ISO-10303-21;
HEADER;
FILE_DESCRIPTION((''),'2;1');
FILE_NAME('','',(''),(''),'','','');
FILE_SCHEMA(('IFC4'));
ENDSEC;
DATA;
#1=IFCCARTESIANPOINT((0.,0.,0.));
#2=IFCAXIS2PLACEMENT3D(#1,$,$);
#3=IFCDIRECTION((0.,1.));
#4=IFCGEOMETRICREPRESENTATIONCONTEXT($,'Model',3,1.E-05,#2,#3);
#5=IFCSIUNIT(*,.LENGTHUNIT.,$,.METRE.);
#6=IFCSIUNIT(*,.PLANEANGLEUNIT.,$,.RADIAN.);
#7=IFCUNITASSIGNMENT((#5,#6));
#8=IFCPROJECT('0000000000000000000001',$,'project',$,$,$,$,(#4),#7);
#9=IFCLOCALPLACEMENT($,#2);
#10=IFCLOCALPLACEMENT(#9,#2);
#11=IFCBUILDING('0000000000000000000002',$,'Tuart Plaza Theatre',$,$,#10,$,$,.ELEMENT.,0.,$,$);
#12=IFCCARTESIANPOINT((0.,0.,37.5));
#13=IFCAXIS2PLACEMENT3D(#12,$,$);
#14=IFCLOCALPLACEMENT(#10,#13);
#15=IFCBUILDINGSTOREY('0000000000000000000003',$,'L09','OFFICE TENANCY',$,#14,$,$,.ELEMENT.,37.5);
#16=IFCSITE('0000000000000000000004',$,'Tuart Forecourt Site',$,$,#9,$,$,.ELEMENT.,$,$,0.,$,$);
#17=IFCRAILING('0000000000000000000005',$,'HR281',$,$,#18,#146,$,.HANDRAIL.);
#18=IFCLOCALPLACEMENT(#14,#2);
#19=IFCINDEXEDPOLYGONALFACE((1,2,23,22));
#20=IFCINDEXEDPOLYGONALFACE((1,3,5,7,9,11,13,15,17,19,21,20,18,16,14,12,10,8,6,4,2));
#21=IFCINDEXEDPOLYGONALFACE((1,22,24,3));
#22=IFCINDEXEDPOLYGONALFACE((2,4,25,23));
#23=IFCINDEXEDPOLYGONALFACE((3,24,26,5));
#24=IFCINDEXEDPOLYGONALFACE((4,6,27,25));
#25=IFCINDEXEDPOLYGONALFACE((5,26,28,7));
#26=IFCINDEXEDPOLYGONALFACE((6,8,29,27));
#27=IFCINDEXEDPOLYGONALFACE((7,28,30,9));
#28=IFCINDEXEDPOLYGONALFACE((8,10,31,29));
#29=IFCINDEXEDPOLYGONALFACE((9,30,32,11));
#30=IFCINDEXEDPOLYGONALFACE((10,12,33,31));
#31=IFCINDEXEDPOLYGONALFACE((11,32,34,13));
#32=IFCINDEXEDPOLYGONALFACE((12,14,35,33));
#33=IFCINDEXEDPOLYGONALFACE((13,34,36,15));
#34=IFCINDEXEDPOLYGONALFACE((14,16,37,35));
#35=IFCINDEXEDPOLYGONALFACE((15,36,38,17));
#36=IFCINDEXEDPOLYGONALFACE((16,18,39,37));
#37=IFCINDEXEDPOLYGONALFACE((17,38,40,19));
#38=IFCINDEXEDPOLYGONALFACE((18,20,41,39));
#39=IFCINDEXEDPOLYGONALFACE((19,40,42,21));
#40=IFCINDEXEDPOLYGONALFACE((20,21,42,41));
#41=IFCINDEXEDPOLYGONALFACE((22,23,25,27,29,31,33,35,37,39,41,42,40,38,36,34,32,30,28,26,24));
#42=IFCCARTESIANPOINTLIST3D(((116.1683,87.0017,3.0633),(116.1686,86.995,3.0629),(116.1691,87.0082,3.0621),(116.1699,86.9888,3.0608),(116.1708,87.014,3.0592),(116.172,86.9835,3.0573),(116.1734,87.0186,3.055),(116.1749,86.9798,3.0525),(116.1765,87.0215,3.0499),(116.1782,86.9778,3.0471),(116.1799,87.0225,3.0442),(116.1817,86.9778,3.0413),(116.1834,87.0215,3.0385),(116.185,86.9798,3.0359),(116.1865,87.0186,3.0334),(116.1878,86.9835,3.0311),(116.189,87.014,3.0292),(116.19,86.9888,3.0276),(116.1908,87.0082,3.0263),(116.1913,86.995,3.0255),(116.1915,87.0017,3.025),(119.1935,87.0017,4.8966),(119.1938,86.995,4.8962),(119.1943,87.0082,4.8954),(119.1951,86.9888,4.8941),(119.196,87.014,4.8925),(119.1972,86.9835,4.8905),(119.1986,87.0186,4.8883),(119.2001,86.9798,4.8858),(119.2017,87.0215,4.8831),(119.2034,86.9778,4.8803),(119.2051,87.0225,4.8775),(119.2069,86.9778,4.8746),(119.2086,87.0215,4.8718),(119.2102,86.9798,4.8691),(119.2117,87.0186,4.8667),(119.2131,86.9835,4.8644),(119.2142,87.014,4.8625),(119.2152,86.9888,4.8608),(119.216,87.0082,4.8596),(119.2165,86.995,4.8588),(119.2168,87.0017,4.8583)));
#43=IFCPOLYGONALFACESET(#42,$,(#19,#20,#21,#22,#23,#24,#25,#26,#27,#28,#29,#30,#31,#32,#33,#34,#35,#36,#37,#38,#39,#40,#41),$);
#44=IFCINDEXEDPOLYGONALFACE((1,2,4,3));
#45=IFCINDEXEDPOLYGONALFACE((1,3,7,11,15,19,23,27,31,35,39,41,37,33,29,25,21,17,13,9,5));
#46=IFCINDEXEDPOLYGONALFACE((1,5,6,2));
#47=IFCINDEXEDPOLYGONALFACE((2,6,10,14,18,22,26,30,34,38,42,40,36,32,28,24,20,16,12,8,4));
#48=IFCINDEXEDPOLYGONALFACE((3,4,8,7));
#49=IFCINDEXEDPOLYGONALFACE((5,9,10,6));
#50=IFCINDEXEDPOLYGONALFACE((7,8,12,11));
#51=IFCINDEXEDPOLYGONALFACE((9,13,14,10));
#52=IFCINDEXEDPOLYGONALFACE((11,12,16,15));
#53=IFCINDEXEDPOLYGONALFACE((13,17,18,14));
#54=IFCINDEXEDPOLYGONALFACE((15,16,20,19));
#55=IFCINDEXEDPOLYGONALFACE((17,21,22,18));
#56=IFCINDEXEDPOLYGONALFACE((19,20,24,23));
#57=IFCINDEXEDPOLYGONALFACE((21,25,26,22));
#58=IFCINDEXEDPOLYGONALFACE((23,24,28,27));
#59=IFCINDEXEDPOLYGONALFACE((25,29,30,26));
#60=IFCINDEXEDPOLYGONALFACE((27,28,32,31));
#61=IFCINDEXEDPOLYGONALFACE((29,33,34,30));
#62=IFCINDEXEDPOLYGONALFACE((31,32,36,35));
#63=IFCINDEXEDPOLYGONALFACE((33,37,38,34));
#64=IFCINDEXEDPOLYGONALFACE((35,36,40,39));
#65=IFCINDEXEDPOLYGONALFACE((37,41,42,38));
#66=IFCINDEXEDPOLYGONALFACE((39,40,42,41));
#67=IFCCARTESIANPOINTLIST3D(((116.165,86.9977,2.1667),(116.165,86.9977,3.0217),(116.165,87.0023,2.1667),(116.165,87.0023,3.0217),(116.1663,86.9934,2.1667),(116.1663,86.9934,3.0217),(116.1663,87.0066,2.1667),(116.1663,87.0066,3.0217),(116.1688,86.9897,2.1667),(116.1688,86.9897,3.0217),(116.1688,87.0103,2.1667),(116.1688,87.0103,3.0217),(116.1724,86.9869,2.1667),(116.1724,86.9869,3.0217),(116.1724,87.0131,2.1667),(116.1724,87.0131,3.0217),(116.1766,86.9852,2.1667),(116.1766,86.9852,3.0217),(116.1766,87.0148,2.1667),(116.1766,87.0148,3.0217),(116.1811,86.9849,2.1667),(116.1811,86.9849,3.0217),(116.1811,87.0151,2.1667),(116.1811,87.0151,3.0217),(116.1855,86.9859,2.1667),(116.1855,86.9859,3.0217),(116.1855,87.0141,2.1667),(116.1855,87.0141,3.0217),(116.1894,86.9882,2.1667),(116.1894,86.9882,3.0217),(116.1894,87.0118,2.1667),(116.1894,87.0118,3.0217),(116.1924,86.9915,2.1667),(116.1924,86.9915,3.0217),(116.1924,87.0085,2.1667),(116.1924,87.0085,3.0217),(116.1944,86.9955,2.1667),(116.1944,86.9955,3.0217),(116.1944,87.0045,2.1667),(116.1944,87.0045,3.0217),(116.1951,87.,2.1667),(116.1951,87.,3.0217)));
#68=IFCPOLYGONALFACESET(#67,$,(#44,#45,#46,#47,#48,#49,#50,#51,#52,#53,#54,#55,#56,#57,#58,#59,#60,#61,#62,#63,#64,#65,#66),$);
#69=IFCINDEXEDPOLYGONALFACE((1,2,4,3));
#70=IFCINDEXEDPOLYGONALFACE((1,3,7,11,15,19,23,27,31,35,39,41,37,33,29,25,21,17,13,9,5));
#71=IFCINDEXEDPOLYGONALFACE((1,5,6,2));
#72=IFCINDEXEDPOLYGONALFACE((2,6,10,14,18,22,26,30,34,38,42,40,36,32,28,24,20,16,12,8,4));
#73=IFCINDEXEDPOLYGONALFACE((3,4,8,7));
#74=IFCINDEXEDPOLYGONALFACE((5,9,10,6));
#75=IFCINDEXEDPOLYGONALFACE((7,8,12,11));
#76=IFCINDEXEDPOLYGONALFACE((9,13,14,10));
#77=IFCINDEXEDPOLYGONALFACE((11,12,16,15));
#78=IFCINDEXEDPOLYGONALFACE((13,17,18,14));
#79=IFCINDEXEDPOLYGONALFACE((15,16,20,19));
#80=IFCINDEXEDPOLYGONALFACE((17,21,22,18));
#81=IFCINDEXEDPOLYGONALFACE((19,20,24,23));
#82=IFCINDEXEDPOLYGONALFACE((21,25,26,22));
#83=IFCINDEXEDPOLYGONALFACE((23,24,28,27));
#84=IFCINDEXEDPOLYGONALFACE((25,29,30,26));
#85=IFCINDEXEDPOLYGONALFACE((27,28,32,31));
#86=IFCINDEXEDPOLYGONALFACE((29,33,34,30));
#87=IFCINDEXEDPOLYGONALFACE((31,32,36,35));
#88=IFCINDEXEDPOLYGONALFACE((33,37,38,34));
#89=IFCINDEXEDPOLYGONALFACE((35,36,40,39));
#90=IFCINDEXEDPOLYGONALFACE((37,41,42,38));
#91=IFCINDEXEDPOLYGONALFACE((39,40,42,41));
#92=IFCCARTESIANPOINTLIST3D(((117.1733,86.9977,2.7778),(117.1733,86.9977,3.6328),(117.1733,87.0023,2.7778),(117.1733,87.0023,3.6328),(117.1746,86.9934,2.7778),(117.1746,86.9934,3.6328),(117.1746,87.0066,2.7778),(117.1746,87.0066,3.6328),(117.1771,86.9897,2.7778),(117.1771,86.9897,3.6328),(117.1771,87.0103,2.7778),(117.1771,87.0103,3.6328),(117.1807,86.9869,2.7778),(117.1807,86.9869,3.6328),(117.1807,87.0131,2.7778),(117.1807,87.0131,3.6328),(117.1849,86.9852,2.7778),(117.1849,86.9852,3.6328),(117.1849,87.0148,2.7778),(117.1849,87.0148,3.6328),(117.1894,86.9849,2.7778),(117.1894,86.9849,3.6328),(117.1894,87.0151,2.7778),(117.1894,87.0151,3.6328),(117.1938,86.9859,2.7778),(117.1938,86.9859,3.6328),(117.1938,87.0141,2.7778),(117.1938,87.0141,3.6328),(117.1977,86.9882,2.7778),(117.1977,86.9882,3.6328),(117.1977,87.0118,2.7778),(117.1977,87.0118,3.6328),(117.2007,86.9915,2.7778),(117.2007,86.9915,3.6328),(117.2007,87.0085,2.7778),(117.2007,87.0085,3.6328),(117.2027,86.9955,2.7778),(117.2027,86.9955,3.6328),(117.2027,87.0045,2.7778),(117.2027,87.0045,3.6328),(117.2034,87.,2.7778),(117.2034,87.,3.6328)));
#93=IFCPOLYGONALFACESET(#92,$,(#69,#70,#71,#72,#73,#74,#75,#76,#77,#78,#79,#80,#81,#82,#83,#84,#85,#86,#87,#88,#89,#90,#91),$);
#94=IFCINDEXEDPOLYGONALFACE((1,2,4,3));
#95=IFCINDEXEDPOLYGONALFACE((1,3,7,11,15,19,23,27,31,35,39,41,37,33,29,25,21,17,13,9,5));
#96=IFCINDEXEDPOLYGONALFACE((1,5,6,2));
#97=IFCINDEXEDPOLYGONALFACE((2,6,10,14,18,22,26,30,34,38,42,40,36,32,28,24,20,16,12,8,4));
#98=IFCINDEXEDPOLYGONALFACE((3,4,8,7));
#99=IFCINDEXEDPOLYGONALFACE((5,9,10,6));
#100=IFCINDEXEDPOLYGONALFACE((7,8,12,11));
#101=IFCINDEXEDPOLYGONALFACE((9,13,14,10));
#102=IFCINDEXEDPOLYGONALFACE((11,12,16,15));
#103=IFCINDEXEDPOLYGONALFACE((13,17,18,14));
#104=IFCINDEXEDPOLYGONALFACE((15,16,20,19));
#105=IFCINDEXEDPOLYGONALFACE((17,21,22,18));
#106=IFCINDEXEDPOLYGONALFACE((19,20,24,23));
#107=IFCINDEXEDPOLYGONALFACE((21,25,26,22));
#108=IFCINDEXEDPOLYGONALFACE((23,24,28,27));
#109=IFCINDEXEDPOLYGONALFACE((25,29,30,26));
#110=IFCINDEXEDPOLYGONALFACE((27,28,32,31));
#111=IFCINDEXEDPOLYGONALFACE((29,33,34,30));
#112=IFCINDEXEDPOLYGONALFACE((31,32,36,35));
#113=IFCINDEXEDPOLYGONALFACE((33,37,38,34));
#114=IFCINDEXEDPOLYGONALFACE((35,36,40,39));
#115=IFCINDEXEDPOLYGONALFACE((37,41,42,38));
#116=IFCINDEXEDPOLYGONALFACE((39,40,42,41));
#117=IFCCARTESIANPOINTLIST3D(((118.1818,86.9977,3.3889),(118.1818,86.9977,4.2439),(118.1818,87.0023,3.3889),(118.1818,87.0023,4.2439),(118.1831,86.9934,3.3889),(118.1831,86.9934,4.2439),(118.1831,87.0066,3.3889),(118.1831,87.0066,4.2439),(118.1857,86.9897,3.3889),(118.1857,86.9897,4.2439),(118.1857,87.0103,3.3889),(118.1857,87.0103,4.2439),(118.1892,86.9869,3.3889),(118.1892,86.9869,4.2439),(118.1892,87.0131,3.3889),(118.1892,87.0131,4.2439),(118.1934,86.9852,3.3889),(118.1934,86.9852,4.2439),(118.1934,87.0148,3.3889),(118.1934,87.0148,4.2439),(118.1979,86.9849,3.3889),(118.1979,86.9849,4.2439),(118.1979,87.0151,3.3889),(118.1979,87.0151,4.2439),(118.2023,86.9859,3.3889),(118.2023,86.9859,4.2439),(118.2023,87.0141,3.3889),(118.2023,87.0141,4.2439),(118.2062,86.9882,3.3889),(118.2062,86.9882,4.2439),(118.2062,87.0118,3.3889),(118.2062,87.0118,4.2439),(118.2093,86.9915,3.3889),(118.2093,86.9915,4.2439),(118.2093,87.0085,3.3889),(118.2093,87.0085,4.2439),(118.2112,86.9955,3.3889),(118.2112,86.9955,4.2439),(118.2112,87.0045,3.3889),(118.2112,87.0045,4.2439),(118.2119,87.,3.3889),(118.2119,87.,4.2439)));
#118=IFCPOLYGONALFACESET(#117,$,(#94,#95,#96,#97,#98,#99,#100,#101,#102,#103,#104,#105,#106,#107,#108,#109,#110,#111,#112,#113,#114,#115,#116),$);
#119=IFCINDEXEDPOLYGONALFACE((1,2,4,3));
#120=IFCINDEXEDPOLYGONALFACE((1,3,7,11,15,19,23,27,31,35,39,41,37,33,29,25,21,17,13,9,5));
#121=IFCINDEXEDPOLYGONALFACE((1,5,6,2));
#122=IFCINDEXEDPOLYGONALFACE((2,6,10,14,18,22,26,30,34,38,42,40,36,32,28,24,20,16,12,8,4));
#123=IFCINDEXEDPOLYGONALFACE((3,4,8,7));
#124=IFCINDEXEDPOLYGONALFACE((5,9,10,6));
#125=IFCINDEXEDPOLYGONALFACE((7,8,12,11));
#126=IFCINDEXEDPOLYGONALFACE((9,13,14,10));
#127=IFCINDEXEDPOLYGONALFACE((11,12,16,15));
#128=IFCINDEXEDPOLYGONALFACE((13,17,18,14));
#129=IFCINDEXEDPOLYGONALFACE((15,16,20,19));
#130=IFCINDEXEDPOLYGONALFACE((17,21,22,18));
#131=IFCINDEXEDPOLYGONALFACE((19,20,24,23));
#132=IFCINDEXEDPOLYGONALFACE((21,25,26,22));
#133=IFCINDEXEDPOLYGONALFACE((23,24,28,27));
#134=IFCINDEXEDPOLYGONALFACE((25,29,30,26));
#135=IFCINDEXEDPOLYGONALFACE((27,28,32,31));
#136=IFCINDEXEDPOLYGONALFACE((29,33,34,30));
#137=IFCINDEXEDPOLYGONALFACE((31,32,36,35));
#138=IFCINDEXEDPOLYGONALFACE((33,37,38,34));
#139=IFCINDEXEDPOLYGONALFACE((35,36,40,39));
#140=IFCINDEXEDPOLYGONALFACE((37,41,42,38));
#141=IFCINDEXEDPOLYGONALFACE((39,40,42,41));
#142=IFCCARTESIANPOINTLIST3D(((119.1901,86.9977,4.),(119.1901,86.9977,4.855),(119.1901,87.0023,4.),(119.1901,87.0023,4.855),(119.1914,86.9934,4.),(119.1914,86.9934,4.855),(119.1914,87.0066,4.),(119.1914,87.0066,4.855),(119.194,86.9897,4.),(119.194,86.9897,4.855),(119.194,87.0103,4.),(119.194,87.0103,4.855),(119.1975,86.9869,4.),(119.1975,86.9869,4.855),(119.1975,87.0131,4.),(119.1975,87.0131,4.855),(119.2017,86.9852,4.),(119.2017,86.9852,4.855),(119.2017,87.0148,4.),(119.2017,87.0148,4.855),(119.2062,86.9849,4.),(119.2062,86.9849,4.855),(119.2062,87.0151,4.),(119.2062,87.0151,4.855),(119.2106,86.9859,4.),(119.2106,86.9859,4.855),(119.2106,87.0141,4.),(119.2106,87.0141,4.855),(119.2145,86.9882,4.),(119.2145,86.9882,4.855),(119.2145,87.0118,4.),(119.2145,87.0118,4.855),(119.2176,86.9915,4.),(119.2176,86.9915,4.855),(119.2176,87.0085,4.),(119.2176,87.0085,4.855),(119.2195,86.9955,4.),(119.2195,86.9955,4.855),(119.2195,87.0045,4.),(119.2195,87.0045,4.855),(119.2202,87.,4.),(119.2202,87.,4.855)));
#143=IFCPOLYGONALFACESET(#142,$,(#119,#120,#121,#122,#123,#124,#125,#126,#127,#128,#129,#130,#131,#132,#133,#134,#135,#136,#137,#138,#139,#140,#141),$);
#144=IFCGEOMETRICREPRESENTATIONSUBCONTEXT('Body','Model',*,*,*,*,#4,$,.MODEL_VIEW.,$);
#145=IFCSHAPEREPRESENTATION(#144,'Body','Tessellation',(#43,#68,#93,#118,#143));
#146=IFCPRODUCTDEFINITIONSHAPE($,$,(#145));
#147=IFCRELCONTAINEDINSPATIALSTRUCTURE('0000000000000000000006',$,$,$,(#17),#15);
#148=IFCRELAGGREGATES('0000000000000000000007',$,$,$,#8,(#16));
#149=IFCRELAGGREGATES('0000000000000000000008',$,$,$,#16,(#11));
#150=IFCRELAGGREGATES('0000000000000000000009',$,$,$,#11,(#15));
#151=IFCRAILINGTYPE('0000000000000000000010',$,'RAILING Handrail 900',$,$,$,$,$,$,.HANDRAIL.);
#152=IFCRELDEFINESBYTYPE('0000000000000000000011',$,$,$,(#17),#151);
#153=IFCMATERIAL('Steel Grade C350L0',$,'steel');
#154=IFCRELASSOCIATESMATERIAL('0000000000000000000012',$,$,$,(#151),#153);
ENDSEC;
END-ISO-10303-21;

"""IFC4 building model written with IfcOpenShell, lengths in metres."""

from ifc_helpers import new_model, si_unit, direction, frame, origin, origin_2d, place, context, subcontext, project, spatial, circle, extrude, material, type_object, element, save


model = new_model("IFC4")

# Units and contexts
model_context = context("Model", 3, precision=1e-05, world=origin(), true_north=direction((0.0, 1.0)))
body_context = subcontext(model_context, "Body", "Model", "MODEL_VIEW")
ifc_project = project(units=[si_unit("LENGTHUNIT", "METRE"), si_unit("PLANEANGLEUNIT", "RADIAN")], contexts=[model_context])

# Site, building, storey
site_placement = place(None, origin())
site = spatial("IfcSite", under=ifc_project, at=site_placement, Name="Tuart Forecourt Site", CompositionType="ELEMENT", RefElevation=0.0)
building_placement = place(site_placement, origin())
building = spatial("IfcBuilding", under=site, at=building_placement, Name="Tuart Plaza Theatre", CompositionType="ELEMENT", ElevationOfRefHeight=0.0)
storey_placement = place(building_placement, frame((0.0, 0.0, 37.5)))
storey = spatial("IfcBuildingStorey", under=building, at=storey_placement, Name="L09", Description="OFFICE TENANCY", CompositionType="ELEMENT", Elevation=37.5)

# Railing
ifc_material_1 = material(Name="Steel Grade C350L0", Category="steel")
railing_type_1 = type_object("IfcRailingType", Name="RAILING Handrail 900", PredefinedType="HANDRAIL", material=ifc_material_1)
for number, where, name in (
    (1, (116.1799, 87.0, 2.1667), "HR281"),
):
    element("IfcRailing", number, at=place(storey_placement, frame(where)), inside=storey, type_object=railing_type_1, Name=name, PredefinedType="HANDRAIL", context=body_context, shape_type="SweptSolid", body=[
        extrude(circle(Radius=0.0225, at=origin_2d()), frame((0.0, 0.0, 0.8774), z_axis=(0.855219, 0.0, 0.518267), x_axis=(0.0, 1.0, 0.0)), (0.0, 0.0, 1.0), 3.5374),
        extrude(circle(Radius=0.0151, at=origin_2d()), origin(), (0.0, 0.0, 1.0), 0.855),
        extrude(circle(Radius=0.0151, at=origin_2d()), frame((1.0083, 0.0, 0.6111)), (0.0, 0.0, 1.0), 0.855),
        extrude(circle(Radius=0.0151, at=origin_2d()), frame((2.0168, 0.0, 1.2222)), (0.0, 0.0, 1.0), 0.855),
        extrude(circle(Radius=0.0151, at=origin_2d()), frame((3.0251, 0.0, 1.8333)), (0.0, 0.0, 1.0), 0.855),
    ])

save(model, "model.ifc")
